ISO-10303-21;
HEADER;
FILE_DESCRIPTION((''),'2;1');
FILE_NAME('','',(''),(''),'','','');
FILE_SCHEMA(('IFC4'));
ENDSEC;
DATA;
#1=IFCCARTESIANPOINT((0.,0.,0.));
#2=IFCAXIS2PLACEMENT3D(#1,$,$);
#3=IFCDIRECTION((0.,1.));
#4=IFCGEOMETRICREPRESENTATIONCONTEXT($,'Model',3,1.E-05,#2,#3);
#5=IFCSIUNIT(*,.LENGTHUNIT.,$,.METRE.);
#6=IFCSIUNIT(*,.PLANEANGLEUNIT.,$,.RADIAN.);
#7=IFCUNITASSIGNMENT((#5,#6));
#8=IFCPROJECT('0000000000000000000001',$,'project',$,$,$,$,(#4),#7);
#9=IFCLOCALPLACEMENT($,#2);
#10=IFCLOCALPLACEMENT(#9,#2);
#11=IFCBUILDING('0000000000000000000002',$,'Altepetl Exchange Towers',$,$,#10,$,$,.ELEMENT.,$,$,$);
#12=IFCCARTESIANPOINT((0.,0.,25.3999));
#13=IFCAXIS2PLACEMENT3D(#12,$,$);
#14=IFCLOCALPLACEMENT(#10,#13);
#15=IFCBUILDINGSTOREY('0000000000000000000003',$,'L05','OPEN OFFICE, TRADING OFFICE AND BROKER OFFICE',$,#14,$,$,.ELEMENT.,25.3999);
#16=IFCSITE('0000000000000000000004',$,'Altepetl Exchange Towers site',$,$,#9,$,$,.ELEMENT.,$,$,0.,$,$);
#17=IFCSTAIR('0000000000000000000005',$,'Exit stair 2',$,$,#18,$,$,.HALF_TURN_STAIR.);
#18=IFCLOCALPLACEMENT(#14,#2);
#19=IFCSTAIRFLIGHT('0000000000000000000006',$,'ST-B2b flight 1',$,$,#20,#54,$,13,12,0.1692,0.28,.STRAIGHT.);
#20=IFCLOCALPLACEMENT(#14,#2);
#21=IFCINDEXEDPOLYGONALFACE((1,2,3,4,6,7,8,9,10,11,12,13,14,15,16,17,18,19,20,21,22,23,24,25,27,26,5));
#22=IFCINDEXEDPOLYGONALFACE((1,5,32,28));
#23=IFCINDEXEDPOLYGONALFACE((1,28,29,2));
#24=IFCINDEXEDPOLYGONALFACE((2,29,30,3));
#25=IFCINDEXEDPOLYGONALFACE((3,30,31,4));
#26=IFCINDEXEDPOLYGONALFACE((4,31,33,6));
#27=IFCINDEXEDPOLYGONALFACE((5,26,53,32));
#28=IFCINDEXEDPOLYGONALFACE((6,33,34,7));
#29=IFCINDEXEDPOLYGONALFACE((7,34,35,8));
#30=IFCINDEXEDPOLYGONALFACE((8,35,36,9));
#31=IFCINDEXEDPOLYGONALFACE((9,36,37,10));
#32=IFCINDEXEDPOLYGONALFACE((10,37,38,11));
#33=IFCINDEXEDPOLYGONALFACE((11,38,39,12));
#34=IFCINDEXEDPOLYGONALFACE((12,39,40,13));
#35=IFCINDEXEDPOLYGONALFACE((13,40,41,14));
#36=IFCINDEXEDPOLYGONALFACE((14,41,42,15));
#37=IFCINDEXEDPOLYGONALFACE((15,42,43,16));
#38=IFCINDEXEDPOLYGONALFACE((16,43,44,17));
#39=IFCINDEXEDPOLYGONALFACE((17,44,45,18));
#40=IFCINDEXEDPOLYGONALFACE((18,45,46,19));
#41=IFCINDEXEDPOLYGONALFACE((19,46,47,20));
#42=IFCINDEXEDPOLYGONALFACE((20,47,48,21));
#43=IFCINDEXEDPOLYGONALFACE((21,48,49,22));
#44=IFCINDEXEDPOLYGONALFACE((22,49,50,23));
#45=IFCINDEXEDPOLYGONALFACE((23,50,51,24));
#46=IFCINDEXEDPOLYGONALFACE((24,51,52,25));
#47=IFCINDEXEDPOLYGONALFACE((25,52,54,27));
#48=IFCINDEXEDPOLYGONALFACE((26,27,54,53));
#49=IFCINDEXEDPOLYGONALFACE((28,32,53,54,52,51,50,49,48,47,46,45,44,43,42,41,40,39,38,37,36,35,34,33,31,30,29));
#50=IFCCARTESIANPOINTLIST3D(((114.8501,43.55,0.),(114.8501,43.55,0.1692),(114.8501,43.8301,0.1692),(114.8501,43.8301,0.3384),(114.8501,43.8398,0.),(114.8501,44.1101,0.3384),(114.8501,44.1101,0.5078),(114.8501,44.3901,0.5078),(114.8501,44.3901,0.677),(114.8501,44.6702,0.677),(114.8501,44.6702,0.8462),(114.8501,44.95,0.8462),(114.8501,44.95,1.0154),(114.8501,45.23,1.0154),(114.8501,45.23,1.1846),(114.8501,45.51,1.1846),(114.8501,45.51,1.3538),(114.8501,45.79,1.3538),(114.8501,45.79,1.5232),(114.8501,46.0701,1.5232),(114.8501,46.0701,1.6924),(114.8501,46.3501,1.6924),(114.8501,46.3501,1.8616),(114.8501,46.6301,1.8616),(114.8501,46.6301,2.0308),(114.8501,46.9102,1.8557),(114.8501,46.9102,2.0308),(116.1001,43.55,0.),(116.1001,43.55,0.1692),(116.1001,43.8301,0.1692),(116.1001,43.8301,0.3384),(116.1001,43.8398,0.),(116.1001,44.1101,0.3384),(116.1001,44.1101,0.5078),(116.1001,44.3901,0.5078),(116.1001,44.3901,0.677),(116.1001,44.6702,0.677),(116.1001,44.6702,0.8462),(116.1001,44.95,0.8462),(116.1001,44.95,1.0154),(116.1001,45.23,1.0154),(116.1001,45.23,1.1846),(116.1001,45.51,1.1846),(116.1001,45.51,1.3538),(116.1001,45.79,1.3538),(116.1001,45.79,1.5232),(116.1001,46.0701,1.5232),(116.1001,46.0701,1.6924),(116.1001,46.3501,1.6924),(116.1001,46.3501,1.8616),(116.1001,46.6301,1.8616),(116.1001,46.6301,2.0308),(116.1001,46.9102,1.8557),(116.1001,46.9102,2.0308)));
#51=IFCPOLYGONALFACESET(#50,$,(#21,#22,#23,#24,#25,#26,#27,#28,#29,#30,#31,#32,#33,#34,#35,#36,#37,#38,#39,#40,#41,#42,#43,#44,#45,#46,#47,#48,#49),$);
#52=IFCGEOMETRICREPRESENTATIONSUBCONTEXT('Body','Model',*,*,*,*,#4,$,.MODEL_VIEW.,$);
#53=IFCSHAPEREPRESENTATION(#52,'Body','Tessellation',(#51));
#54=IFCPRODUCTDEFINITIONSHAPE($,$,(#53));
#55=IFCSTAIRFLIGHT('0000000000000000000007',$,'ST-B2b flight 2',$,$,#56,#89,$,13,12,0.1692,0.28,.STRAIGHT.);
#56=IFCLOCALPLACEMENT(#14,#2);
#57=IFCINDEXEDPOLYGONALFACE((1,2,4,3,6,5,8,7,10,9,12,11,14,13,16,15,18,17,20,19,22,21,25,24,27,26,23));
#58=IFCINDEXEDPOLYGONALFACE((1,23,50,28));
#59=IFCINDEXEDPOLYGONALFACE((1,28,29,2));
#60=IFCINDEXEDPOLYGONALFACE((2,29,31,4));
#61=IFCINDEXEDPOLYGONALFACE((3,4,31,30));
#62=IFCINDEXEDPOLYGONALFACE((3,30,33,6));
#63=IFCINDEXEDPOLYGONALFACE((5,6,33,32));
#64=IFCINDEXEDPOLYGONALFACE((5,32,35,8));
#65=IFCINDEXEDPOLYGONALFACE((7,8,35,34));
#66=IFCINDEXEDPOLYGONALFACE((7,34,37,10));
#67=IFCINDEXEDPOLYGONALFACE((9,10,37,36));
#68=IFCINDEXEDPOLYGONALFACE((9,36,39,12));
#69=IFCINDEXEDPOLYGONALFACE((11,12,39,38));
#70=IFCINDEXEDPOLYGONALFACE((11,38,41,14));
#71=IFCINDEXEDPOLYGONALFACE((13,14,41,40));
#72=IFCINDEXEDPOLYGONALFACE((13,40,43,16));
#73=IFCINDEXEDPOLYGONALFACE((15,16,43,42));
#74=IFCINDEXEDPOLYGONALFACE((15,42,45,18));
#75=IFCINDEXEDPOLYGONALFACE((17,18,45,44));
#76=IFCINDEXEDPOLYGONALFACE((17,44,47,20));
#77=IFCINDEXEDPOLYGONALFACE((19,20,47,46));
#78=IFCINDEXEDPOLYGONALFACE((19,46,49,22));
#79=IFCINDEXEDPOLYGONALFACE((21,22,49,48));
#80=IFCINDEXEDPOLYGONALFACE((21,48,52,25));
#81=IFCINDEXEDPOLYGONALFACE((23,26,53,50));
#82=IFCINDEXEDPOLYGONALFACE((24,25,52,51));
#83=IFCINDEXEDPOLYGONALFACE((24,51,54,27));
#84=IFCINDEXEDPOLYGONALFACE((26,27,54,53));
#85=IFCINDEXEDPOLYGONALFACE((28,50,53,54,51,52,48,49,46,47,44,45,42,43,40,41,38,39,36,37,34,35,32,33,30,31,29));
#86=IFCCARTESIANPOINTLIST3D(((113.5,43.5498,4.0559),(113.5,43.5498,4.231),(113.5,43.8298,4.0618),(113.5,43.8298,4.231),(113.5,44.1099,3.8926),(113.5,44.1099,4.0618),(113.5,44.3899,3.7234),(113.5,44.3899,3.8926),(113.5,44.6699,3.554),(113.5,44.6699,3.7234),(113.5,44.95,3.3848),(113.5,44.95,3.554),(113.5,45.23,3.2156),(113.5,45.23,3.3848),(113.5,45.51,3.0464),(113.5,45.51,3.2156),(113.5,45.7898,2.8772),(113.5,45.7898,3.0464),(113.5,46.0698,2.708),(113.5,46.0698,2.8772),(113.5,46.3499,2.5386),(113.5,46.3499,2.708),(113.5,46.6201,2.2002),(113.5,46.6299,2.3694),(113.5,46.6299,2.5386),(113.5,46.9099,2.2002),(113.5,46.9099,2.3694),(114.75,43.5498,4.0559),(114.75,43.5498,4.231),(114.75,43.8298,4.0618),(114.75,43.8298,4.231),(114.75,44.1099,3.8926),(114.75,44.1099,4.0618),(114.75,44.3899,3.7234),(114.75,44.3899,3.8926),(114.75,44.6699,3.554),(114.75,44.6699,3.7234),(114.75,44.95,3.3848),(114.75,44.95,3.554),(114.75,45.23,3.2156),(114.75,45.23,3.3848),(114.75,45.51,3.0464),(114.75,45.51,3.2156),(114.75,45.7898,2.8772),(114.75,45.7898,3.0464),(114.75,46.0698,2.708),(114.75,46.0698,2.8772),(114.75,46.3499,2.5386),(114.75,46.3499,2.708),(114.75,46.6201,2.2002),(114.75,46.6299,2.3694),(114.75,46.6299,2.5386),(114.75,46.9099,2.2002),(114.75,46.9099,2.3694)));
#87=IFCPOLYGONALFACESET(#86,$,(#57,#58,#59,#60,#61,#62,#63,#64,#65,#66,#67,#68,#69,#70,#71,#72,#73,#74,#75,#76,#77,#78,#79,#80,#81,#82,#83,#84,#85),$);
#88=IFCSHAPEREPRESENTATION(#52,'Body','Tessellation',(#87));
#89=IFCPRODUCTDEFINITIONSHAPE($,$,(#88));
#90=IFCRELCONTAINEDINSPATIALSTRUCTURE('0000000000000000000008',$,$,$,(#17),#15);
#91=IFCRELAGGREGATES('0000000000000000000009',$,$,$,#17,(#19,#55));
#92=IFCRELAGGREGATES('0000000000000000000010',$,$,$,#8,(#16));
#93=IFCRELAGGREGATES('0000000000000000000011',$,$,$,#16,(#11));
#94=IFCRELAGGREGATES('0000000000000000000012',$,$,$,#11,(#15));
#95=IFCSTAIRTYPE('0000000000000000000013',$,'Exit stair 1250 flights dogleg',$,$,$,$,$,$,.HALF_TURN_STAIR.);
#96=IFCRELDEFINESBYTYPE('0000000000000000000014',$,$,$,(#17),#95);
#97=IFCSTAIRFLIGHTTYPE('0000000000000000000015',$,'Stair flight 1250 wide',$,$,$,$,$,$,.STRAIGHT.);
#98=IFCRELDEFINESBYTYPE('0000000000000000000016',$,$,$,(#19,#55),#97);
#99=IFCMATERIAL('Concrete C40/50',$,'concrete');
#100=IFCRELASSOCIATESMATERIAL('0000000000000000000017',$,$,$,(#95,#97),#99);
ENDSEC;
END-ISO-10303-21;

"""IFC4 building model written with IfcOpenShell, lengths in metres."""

from ifc_helpers import new_model, si_unit, direction, frame, origin, place, context, subcontext, project, spatial, polyline, outline, extrude, material, type_object, element, aggregate, save


model = new_model("IFC4")

# Units and contexts
model_context = context("Model", 3, precision=1e-05, world=origin(), true_north=direction((0.0, 1.0)))
body_context = subcontext(model_context, "Body", "Model", "MODEL_VIEW")
ifc_project = project(units=[si_unit("LENGTHUNIT", "METRE"), si_unit("PLANEANGLEUNIT", "RADIAN")], contexts=[model_context])

# Site, building, storey
site_placement = place(None, origin())
site = spatial("IfcSite", under=ifc_project, at=site_placement, Name="Altepetl Exchange Towers site", CompositionType="ELEMENT", RefElevation=0.0)
building_placement = place(site_placement, origin())
building = spatial("IfcBuilding", under=site, at=building_placement, Name="Altepetl Exchange Towers", CompositionType="ELEMENT")
storey_placement = place(building_placement, frame((0.0, 0.0, 25.3999)))
storey = spatial("IfcBuildingStorey", under=building, at=storey_placement, Name="L05", Description="OPEN OFFICE, TRADING OFFICE AND BROKER OFFICE", CompositionType="ELEMENT", Elevation=25.3999)

# Shared definitions
ifc_material_1 = material(Name="Concrete C40/50", Category="concrete")

# Shared definitions
stair_type = type_object("IfcStairType", Name="Exit stair 1250 flights dogleg", PredefinedType="HALF_TURN_STAIR", material=ifc_material_1)
stair_flight_type = type_object("IfcStairFlightType", Name="Stair flight 1250 wide", PredefinedType="STRAIGHT", material=ifc_material_1)

# Stair, stair flights
stair_1_placement = place(storey_placement, origin())
stair_1 = element("IfcStair", 1, at=stair_1_placement, inside=storey, type_object=stair_type, Name="Exit stair 2", PredefinedType="HALF_TURN_STAIR")
stair_flight_1_placement = place(storey_placement, frame((115.4751, 43.55, 0.0), z_axis=(0.0, 0.0, 1.0), x_axis=(0.0, 1.0, 0.0)))
stair_flight_1 = element("IfcStairFlight", 2, at=stair_flight_1_placement, type_object=stair_flight_type, Name="ST-B2b flight 1", NumberOfRisers=13, NumberOfTreads=12, PredefinedType="STRAIGHT", RiserHeight=0.1692, TreadLength=0.28, context=body_context, shape_type="SweptSolid", body=[
    extrude(outline(polyline([(0.0, 0.0), (0.0, 0.1692), (0.28, 0.1692), (0.28, 0.3384), (0.5601, 0.3384), (0.5601, 0.5078), (0.8401, 0.5078), (0.8401, 0.677), (1.1201, 0.677), (1.1201, 0.8462), (1.3999, 0.8462), (1.3999, 1.0154), (1.6799, 1.0154), (1.6799, 1.1846), (1.96, 1.1846), (1.96, 1.3538), (2.24, 1.3538), (2.24, 1.5232), (2.52, 1.5232), (2.52, 1.6924), (2.8, 1.6924), (2.8, 1.8616), (3.0801, 1.8616), (3.0801, 2.0308), (3.3601, 2.0308), (3.3601, 2.2), (3.3601, 1.8557), (0.2898, 0.0), (0.0, 0.0)])), frame((0.0, 0.625, 0.0), z_axis=(0.0, -1.0, 0.0), x_axis=(1.0, 0.0, 0.0)), (0.0, 0.0, 1.0), 1.25),
])
stair_flight_2_placement = place(storey_placement, frame((114.125, 46.9099, 2.2002), z_axis=(0.0, 0.0, 1.0), x_axis=(0.0, -1.0, 0.0)))
stair_flight_2 = element("IfcStairFlight", 3, at=stair_flight_2_placement, type_object=stair_flight_type, Name="ST-B2b flight 2", NumberOfRisers=13, NumberOfTreads=12, PredefinedType="STRAIGHT", RiserHeight=0.1692, TreadLength=0.28, context=body_context, shape_type="SweptSolid", body=[
    extrude(outline(polyline([(0.0, 0.0), (0.0, 0.1692), (0.28, 0.1692), (0.28, 0.3384), (0.5601, 0.3384), (0.5601, 0.5078), (0.8401, 0.5078), (0.8401, 0.677), (1.1201, 0.677), (1.1201, 0.8462), (1.3999, 0.8462), (1.3999, 1.0154), (1.6799, 1.0154), (1.6799, 1.1846), (1.96, 1.1846), (1.96, 1.3538), (2.24, 1.3538), (2.24, 1.5232), (2.52, 1.5232), (2.52, 1.6924), (2.8, 1.6924), (2.8, 1.8616), (3.0801, 1.8616), (3.0801, 2.0308), (3.3601, 2.0308), (3.3601, 2.2), (3.3601, 1.8557), (0.2898, 0.0), (0.0, 0.0)])), frame((0.0, 0.625, 0.0), z_axis=(0.0, -1.0, 0.0), x_axis=(1.0, 0.0, 0.0)), (0.0, 0.0, 1.0), 1.25),
])
aggregate(stair_1, [stair_flight_1, stair_flight_2])

save(model, "model.ifc")
